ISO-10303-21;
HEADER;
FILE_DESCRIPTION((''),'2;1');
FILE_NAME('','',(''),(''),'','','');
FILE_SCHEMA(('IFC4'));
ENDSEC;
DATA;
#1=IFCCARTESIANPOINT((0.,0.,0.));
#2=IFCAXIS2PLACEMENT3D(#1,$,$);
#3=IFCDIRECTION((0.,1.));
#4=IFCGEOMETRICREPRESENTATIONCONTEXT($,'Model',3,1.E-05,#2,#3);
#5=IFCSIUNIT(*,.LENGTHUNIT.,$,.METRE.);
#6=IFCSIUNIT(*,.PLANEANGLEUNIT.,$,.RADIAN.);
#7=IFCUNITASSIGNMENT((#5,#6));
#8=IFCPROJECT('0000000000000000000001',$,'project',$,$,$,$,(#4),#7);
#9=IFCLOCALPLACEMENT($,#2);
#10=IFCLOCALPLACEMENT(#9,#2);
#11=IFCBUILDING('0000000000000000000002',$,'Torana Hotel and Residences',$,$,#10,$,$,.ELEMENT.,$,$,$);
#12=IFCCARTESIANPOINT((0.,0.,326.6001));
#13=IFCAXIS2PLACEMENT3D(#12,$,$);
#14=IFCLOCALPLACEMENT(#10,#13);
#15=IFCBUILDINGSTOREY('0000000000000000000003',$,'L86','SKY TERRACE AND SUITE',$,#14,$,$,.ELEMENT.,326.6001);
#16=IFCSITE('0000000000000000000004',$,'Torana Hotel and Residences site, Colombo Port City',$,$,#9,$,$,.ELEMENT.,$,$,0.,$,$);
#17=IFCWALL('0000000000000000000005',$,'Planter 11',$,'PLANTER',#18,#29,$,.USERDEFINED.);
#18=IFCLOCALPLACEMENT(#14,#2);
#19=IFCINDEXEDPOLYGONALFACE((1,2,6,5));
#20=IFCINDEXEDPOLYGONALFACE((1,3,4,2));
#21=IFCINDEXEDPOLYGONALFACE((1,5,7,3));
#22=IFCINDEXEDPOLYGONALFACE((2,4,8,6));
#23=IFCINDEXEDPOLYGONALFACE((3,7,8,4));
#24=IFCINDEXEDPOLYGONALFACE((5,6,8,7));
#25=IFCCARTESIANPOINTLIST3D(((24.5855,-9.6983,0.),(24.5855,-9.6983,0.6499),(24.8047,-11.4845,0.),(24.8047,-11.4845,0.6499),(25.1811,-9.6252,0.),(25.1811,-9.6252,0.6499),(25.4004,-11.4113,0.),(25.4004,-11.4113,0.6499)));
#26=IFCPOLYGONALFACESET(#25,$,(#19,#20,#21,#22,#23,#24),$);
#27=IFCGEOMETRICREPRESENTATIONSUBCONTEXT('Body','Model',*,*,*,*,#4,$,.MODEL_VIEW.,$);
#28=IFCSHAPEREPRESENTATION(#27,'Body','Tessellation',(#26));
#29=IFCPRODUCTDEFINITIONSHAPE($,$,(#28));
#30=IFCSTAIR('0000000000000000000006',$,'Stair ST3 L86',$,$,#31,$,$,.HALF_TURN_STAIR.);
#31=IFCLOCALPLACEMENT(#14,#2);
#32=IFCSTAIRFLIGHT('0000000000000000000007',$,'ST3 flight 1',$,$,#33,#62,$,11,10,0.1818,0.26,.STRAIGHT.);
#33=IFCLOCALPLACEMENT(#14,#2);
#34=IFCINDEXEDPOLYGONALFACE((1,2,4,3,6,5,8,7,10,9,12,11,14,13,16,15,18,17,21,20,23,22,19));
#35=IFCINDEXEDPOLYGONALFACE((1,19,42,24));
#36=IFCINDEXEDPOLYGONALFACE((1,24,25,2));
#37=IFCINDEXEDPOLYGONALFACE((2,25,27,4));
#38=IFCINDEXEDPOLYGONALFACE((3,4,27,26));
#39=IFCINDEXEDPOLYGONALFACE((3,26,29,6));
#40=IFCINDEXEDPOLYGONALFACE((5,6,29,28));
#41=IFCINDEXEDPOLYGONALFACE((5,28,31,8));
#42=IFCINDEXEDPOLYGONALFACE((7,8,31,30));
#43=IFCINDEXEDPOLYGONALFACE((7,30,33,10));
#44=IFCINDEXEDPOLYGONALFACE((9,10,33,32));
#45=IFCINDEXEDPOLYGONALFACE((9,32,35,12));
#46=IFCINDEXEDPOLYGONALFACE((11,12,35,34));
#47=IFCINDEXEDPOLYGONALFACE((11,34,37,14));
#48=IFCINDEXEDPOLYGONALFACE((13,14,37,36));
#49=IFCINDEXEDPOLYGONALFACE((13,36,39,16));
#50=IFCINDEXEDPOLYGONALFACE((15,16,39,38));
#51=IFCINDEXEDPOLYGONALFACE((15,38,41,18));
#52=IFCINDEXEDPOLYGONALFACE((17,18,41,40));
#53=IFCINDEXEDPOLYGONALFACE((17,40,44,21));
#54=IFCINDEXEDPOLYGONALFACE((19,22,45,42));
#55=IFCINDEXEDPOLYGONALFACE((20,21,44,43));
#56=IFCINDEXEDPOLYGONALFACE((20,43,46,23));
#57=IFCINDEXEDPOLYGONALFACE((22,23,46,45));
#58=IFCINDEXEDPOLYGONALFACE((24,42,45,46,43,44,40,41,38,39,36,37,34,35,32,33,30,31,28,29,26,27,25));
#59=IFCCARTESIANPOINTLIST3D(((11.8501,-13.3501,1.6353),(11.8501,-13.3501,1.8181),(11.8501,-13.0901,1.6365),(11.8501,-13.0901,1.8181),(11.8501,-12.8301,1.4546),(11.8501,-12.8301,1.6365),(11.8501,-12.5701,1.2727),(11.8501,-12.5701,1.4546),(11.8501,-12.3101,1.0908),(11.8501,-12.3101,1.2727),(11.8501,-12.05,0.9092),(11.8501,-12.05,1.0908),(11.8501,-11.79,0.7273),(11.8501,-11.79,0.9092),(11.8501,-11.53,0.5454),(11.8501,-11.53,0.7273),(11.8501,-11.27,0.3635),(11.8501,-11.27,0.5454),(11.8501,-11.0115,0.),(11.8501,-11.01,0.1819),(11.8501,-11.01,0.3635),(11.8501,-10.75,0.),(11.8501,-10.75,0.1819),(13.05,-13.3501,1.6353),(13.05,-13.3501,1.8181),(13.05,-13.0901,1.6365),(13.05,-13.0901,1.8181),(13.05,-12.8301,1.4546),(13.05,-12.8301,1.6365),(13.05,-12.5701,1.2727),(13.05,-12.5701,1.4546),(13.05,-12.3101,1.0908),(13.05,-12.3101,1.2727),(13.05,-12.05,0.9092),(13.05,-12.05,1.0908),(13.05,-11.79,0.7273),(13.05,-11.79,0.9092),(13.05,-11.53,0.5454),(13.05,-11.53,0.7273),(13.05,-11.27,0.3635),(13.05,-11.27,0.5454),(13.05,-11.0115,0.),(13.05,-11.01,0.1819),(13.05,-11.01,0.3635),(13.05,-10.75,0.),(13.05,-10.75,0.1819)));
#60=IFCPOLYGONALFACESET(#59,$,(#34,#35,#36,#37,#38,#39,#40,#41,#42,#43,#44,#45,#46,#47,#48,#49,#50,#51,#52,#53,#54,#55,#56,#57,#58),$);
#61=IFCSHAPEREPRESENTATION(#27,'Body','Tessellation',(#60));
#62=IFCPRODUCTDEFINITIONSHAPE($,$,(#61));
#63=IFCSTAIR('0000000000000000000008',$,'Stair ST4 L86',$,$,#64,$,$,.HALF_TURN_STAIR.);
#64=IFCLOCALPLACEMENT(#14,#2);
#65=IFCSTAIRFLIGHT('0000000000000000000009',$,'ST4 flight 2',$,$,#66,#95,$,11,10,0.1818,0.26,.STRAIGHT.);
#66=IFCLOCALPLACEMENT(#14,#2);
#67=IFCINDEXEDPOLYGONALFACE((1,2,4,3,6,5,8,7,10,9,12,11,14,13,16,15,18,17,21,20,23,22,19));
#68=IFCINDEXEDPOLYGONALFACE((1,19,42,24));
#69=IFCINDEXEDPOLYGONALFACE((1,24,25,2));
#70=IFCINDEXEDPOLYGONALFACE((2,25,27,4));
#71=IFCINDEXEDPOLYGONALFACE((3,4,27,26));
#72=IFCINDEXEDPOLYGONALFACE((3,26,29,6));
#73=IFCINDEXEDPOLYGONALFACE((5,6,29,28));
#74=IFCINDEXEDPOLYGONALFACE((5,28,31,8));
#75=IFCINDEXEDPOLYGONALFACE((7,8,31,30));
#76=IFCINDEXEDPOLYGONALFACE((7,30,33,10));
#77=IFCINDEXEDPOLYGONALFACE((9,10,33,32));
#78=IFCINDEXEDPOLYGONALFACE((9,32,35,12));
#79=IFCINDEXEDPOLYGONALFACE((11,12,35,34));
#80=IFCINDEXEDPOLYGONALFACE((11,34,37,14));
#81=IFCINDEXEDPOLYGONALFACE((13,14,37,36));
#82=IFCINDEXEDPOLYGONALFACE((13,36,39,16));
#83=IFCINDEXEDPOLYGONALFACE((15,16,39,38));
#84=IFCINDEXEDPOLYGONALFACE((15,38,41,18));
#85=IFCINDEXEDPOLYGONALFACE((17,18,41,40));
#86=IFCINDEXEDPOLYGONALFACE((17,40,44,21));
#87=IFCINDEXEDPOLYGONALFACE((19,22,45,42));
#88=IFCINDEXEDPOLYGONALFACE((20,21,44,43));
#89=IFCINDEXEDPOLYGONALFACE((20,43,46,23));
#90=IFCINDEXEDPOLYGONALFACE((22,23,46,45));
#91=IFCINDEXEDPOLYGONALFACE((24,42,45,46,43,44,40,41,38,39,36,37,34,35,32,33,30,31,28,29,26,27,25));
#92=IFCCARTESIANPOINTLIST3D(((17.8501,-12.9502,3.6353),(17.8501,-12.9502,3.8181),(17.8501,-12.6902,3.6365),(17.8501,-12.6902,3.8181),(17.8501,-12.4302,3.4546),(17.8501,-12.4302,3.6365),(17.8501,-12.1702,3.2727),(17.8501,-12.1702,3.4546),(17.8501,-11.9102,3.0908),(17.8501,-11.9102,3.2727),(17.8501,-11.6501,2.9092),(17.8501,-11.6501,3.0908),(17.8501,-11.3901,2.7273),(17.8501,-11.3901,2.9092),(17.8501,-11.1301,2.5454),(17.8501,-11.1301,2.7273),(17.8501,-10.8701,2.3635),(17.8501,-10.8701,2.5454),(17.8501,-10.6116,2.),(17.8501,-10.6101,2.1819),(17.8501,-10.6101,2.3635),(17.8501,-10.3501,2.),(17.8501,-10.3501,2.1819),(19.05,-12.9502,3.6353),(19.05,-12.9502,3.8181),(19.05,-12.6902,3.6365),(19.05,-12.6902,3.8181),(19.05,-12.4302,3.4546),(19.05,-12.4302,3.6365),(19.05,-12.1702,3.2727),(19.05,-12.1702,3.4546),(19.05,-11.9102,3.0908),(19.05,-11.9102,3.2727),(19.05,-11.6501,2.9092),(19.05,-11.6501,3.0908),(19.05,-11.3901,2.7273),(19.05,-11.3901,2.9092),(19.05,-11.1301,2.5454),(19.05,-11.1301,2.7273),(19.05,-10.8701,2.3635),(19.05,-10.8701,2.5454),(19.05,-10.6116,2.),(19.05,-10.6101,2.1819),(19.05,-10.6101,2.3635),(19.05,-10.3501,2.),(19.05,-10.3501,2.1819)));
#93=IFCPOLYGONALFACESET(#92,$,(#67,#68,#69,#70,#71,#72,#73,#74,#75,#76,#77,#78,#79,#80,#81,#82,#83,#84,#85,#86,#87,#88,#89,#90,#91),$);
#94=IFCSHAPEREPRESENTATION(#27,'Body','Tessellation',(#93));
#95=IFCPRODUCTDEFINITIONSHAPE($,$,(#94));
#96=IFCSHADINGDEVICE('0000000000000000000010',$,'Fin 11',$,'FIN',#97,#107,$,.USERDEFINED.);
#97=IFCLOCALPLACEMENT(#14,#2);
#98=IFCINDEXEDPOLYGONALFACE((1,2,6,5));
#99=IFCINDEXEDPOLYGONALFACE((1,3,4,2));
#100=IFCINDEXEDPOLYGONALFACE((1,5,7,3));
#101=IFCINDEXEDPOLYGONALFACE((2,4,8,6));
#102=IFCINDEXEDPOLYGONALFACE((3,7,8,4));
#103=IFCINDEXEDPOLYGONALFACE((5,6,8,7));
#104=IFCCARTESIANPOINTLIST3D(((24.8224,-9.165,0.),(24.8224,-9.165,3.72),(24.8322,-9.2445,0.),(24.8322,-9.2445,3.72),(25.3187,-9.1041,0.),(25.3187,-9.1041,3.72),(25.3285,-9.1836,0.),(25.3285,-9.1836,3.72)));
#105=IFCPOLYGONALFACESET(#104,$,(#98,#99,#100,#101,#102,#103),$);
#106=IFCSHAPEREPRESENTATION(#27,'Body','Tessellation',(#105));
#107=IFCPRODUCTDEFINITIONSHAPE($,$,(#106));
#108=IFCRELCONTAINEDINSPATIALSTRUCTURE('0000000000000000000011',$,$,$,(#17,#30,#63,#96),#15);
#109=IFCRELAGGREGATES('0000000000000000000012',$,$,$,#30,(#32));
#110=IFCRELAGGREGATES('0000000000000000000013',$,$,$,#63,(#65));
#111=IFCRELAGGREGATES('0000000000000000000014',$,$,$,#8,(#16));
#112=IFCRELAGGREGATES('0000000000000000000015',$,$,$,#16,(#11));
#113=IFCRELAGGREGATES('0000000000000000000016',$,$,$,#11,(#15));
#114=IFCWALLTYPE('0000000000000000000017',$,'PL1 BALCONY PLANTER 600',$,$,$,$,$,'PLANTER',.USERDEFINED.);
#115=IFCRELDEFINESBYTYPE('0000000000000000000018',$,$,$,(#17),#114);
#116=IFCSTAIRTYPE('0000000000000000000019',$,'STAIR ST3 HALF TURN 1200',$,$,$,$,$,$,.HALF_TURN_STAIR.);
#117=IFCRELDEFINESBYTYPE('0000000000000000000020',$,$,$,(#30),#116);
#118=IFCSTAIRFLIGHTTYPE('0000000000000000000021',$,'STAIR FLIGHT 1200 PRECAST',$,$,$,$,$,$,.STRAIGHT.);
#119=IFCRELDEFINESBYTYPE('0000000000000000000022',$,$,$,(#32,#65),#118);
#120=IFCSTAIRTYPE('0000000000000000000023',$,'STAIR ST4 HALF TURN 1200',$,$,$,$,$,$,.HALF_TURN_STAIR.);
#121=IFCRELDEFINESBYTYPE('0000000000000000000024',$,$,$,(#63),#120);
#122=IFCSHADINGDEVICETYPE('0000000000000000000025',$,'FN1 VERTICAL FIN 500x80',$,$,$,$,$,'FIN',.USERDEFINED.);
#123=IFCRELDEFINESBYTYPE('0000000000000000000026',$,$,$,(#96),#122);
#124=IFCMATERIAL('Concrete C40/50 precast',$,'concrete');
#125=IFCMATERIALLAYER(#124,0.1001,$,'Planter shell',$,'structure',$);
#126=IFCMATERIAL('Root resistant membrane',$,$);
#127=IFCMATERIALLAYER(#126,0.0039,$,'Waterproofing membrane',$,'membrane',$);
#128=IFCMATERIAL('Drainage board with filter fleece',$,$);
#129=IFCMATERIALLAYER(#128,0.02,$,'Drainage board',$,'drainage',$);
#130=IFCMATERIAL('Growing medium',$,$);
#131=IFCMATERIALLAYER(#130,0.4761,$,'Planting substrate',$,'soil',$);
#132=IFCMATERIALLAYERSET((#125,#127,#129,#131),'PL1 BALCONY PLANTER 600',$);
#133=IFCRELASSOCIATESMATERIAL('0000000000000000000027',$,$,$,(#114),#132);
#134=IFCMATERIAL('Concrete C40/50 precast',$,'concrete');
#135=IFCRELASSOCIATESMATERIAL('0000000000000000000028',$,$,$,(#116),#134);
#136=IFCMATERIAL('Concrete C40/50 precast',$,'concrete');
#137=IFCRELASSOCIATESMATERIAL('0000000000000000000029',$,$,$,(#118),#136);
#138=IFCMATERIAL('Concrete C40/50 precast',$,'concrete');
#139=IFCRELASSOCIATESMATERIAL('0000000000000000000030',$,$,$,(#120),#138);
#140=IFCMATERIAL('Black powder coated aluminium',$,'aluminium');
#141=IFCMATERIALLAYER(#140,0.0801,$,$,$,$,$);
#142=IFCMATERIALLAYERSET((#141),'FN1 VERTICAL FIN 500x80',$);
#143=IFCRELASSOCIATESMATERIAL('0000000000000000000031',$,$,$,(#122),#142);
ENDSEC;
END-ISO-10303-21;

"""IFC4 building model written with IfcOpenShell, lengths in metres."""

from ifc_helpers import new_model, si_unit, direction, frame, frame_2d, origin, origin_2d, place, context, subcontext, project, spatial, polyline, rectangle, outline, extrude, material, layer, layer_set, type_object, element, aggregate, save


model = new_model("IFC4")

# Units and contexts
model_context = context("Model", 3, precision=1e-05, world=origin(), true_north=direction((0.0, 1.0)))
body_context = subcontext(model_context, "Body", "Model", "MODEL_VIEW")
ifc_project = project(units=[si_unit("LENGTHUNIT", "METRE"), si_unit("PLANEANGLEUNIT", "RADIAN")], contexts=[model_context])

# Site, building, storey
site_placement = place(None, origin())
site = spatial("IfcSite", under=ifc_project, at=site_placement, Name="Torana Hotel and Residences site, Colombo Port City", CompositionType="ELEMENT", RefElevation=0.0)
building_placement = place(site_placement, origin())
building = spatial("IfcBuilding", under=site, at=building_placement, Name="Torana Hotel and Residences", CompositionType="ELEMENT")
storey_placement = place(building_placement, frame((0.0, 0.0, 326.6001)))
storey = spatial("IfcBuildingStorey", under=building, at=storey_placement, Name="L86", Description="SKY TERRACE AND SUITE", CompositionType="ELEMENT", Elevation=326.6001)

# Wall
ifc_material_1 = material(Name="Concrete C40/50 precast", Category="concrete")
ifc_layer_1 = layer(ifc_material_1, 0.1001, Name="Planter shell", Category="structure")
ifc_material_2 = material(Name="Root resistant membrane")
ifc_layer_2 = layer(ifc_material_2, 0.0039, Name="Waterproofing membrane", Category="membrane")
ifc_material_3 = material(Name="Drainage board with filter fleece")
ifc_layer_3 = layer(ifc_material_3, 0.02, Name="Drainage board", Category="drainage")
ifc_material_4 = material(Name="Growing medium")
ifc_layer_4 = layer(ifc_material_4, 0.4761, Name="Planting substrate", Category="soil")
ifc_layer_set_1 = layer_set([ifc_layer_1, ifc_layer_2, ifc_layer_3, ifc_layer_4], Name="PL1 BALCONY PLANTER 600")
wall_type_1 = type_object("IfcWallType", Name="PL1 BALCONY PLANTER 600", ElementType="PLANTER", PredefinedType="USERDEFINED", material=ifc_layer_set_1)
wall_1_placement = place(storey_placement, frame((24.8833, -9.6616, 0.0), z_axis=(0.0, 0.0, 1.0), x_axis=(0.12183, -0.992551, 0.0)))
element("IfcWall", 1, at=wall_1_placement, inside=storey, type_object=wall_type_1, Name="Planter 11", ObjectType="PLANTER", PredefinedType="USERDEFINED", context=body_context, shape_type="SweptSolid", body=[
    extrude(rectangle(XDim=1.7996, YDim=0.6001, at=frame_2d((0.8999, 0.0))), origin(), (0.0, 0.0, 1.0), 0.6499),
])

# Stairs, stair flights
ifc_material_5 = material(Name="Concrete C40/50 precast", Category="concrete")
stair_type_1 = type_object("IfcStairType", Name="STAIR ST3 HALF TURN 1200", PredefinedType="HALF_TURN_STAIR", material=ifc_material_5)
stair_1_placement = place(storey_placement, origin())
stair_1 = element("IfcStair", 2, at=stair_1_placement, inside=storey, type_object=stair_type_1, Name="Stair ST3 L86", PredefinedType="HALF_TURN_STAIR")
ifc_material_6 = material(Name="Concrete C40/50 precast", Category="concrete")
stair_flight_type = type_object("IfcStairFlightType", Name="STAIR FLIGHT 1200 PRECAST", PredefinedType="STRAIGHT", material=ifc_material_6)
stair_flight_1_placement = place(storey_placement, frame((12.45, -10.75, 0.0), z_axis=(0.0, 0.0, 1.0), x_axis=(0.0, -1.0, 0.0)))
stair_flight_1 = element("IfcStairFlight", 3, at=stair_flight_1_placement, type_object=stair_flight_type, Name="ST3 flight 1", NumberOfRisers=11, NumberOfTreads=10, PredefinedType="STRAIGHT", RiserHeight=0.1818, TreadLength=0.26, context=body_context, shape_type="SweptSolid", body=[
    extrude(outline(polyline([(0.0, 0.0), (0.0, 0.1819), (0.26, 0.1819), (0.26, 0.3635), (0.52, 0.3635), (0.52, 0.5454), (0.78, 0.5454), (0.78, 0.7273), (1.04, 0.7273), (1.04, 0.9092), (1.3, 0.9092), (1.3, 1.0908), (1.5601, 1.0908), (1.5601, 1.2727), (1.8201, 1.2727), (1.8201, 1.4546), (2.0801, 1.4546), (2.0801, 1.6365), (2.3401, 1.6365), (2.3401, 1.8181), (2.6001, 1.8181), (2.6001, 2.0), (2.6001, 1.6353), (0.2615, 0.0), (0.0, 0.0)])), frame((0.0, 0.6001, 0.0), z_axis=(0.0, -1.0, 0.0), x_axis=(1.0, 0.0, 0.0)), (0.0, 0.0, 1.0), 1.2),
])
aggregate(stair_1, [stair_flight_1])
ifc_material_7 = material(Name="Concrete C40/50 precast", Category="concrete")
stair_type_2 = type_object("IfcStairType", Name="STAIR ST4 HALF TURN 1200", PredefinedType="HALF_TURN_STAIR", material=ifc_material_7)
stair_2_placement = place(storey_placement, origin())
stair_2 = element("IfcStair", 4, at=stair_2_placement, inside=storey, type_object=stair_type_2, Name="Stair ST4 L86", PredefinedType="HALF_TURN_STAIR")
stair_flight_2_placement = place(storey_placement, frame((18.45, -10.3501, 2.0), z_axis=(0.0, 0.0, 1.0), x_axis=(0.0, -1.0, 0.0)))
stair_flight_2 = element("IfcStairFlight", 5, at=stair_flight_2_placement, type_object=stair_flight_type, Name="ST4 flight 2", NumberOfRisers=11, NumberOfTreads=10, PredefinedType="STRAIGHT", RiserHeight=0.1818, TreadLength=0.26, context=body_context, shape_type="SweptSolid", body=[
    extrude(outline(polyline([(0.0, 0.0), (0.0, 0.1819), (0.26, 0.1819), (0.26, 0.3635), (0.52, 0.3635), (0.52, 0.5454), (0.78, 0.5454), (0.78, 0.7273), (1.04, 0.7273), (1.04, 0.9092), (1.3, 0.9092), (1.3, 1.0908), (1.5601, 1.0908), (1.5601, 1.2727), (1.8201, 1.2727), (1.8201, 1.4546), (2.0801, 1.4546), (2.0801, 1.6365), (2.3401, 1.6365), (2.3401, 1.8181), (2.6001, 1.8181), (2.6001, 2.0), (2.6001, 1.6353), (0.2615, 0.0), (0.0, 0.0)])), frame((0.0, 0.6001, 0.0), z_axis=(0.0, -1.0, 0.0), x_axis=(1.0, 0.0, 0.0)), (0.0, 0.0, 1.0), 1.2),
])
aggregate(stair_2, [stair_flight_2])

# Shading device
ifc_material_8 = material(Name="Black powder coated aluminium", Category="aluminium")
ifc_layer_5 = layer(ifc_material_8, 0.0801)
ifc_layer_set_2 = layer_set([ifc_layer_5], Name="FN1 VERTICAL FIN 500x80")
shading_device_type = type_object("IfcShadingDeviceType", Name="FN1 VERTICAL FIN 500x80", ElementType="FIN", PredefinedType="USERDEFINED", material=ifc_layer_set_2)
shading_device_placement = place(storey_placement, frame((25.0754, -9.1743, 0.0), z_axis=(0.0, 0.0, 1.0), x_axis=(0.121868, -0.992546, 0.0)))
element("IfcShadingDevice", 6, at=shading_device_placement, inside=storey, type_object=shading_device_type, Name="Fin 11", ObjectType="FIN", PredefinedType="USERDEFINED", context=body_context, shape_type="SweptSolid", body=[
    extrude(rectangle(XDim=0.0801, YDim=0.5, at=origin_2d()), origin(), (0.0, 0.0, 1.0), 3.72),
])

save(model, "model.ifc")
